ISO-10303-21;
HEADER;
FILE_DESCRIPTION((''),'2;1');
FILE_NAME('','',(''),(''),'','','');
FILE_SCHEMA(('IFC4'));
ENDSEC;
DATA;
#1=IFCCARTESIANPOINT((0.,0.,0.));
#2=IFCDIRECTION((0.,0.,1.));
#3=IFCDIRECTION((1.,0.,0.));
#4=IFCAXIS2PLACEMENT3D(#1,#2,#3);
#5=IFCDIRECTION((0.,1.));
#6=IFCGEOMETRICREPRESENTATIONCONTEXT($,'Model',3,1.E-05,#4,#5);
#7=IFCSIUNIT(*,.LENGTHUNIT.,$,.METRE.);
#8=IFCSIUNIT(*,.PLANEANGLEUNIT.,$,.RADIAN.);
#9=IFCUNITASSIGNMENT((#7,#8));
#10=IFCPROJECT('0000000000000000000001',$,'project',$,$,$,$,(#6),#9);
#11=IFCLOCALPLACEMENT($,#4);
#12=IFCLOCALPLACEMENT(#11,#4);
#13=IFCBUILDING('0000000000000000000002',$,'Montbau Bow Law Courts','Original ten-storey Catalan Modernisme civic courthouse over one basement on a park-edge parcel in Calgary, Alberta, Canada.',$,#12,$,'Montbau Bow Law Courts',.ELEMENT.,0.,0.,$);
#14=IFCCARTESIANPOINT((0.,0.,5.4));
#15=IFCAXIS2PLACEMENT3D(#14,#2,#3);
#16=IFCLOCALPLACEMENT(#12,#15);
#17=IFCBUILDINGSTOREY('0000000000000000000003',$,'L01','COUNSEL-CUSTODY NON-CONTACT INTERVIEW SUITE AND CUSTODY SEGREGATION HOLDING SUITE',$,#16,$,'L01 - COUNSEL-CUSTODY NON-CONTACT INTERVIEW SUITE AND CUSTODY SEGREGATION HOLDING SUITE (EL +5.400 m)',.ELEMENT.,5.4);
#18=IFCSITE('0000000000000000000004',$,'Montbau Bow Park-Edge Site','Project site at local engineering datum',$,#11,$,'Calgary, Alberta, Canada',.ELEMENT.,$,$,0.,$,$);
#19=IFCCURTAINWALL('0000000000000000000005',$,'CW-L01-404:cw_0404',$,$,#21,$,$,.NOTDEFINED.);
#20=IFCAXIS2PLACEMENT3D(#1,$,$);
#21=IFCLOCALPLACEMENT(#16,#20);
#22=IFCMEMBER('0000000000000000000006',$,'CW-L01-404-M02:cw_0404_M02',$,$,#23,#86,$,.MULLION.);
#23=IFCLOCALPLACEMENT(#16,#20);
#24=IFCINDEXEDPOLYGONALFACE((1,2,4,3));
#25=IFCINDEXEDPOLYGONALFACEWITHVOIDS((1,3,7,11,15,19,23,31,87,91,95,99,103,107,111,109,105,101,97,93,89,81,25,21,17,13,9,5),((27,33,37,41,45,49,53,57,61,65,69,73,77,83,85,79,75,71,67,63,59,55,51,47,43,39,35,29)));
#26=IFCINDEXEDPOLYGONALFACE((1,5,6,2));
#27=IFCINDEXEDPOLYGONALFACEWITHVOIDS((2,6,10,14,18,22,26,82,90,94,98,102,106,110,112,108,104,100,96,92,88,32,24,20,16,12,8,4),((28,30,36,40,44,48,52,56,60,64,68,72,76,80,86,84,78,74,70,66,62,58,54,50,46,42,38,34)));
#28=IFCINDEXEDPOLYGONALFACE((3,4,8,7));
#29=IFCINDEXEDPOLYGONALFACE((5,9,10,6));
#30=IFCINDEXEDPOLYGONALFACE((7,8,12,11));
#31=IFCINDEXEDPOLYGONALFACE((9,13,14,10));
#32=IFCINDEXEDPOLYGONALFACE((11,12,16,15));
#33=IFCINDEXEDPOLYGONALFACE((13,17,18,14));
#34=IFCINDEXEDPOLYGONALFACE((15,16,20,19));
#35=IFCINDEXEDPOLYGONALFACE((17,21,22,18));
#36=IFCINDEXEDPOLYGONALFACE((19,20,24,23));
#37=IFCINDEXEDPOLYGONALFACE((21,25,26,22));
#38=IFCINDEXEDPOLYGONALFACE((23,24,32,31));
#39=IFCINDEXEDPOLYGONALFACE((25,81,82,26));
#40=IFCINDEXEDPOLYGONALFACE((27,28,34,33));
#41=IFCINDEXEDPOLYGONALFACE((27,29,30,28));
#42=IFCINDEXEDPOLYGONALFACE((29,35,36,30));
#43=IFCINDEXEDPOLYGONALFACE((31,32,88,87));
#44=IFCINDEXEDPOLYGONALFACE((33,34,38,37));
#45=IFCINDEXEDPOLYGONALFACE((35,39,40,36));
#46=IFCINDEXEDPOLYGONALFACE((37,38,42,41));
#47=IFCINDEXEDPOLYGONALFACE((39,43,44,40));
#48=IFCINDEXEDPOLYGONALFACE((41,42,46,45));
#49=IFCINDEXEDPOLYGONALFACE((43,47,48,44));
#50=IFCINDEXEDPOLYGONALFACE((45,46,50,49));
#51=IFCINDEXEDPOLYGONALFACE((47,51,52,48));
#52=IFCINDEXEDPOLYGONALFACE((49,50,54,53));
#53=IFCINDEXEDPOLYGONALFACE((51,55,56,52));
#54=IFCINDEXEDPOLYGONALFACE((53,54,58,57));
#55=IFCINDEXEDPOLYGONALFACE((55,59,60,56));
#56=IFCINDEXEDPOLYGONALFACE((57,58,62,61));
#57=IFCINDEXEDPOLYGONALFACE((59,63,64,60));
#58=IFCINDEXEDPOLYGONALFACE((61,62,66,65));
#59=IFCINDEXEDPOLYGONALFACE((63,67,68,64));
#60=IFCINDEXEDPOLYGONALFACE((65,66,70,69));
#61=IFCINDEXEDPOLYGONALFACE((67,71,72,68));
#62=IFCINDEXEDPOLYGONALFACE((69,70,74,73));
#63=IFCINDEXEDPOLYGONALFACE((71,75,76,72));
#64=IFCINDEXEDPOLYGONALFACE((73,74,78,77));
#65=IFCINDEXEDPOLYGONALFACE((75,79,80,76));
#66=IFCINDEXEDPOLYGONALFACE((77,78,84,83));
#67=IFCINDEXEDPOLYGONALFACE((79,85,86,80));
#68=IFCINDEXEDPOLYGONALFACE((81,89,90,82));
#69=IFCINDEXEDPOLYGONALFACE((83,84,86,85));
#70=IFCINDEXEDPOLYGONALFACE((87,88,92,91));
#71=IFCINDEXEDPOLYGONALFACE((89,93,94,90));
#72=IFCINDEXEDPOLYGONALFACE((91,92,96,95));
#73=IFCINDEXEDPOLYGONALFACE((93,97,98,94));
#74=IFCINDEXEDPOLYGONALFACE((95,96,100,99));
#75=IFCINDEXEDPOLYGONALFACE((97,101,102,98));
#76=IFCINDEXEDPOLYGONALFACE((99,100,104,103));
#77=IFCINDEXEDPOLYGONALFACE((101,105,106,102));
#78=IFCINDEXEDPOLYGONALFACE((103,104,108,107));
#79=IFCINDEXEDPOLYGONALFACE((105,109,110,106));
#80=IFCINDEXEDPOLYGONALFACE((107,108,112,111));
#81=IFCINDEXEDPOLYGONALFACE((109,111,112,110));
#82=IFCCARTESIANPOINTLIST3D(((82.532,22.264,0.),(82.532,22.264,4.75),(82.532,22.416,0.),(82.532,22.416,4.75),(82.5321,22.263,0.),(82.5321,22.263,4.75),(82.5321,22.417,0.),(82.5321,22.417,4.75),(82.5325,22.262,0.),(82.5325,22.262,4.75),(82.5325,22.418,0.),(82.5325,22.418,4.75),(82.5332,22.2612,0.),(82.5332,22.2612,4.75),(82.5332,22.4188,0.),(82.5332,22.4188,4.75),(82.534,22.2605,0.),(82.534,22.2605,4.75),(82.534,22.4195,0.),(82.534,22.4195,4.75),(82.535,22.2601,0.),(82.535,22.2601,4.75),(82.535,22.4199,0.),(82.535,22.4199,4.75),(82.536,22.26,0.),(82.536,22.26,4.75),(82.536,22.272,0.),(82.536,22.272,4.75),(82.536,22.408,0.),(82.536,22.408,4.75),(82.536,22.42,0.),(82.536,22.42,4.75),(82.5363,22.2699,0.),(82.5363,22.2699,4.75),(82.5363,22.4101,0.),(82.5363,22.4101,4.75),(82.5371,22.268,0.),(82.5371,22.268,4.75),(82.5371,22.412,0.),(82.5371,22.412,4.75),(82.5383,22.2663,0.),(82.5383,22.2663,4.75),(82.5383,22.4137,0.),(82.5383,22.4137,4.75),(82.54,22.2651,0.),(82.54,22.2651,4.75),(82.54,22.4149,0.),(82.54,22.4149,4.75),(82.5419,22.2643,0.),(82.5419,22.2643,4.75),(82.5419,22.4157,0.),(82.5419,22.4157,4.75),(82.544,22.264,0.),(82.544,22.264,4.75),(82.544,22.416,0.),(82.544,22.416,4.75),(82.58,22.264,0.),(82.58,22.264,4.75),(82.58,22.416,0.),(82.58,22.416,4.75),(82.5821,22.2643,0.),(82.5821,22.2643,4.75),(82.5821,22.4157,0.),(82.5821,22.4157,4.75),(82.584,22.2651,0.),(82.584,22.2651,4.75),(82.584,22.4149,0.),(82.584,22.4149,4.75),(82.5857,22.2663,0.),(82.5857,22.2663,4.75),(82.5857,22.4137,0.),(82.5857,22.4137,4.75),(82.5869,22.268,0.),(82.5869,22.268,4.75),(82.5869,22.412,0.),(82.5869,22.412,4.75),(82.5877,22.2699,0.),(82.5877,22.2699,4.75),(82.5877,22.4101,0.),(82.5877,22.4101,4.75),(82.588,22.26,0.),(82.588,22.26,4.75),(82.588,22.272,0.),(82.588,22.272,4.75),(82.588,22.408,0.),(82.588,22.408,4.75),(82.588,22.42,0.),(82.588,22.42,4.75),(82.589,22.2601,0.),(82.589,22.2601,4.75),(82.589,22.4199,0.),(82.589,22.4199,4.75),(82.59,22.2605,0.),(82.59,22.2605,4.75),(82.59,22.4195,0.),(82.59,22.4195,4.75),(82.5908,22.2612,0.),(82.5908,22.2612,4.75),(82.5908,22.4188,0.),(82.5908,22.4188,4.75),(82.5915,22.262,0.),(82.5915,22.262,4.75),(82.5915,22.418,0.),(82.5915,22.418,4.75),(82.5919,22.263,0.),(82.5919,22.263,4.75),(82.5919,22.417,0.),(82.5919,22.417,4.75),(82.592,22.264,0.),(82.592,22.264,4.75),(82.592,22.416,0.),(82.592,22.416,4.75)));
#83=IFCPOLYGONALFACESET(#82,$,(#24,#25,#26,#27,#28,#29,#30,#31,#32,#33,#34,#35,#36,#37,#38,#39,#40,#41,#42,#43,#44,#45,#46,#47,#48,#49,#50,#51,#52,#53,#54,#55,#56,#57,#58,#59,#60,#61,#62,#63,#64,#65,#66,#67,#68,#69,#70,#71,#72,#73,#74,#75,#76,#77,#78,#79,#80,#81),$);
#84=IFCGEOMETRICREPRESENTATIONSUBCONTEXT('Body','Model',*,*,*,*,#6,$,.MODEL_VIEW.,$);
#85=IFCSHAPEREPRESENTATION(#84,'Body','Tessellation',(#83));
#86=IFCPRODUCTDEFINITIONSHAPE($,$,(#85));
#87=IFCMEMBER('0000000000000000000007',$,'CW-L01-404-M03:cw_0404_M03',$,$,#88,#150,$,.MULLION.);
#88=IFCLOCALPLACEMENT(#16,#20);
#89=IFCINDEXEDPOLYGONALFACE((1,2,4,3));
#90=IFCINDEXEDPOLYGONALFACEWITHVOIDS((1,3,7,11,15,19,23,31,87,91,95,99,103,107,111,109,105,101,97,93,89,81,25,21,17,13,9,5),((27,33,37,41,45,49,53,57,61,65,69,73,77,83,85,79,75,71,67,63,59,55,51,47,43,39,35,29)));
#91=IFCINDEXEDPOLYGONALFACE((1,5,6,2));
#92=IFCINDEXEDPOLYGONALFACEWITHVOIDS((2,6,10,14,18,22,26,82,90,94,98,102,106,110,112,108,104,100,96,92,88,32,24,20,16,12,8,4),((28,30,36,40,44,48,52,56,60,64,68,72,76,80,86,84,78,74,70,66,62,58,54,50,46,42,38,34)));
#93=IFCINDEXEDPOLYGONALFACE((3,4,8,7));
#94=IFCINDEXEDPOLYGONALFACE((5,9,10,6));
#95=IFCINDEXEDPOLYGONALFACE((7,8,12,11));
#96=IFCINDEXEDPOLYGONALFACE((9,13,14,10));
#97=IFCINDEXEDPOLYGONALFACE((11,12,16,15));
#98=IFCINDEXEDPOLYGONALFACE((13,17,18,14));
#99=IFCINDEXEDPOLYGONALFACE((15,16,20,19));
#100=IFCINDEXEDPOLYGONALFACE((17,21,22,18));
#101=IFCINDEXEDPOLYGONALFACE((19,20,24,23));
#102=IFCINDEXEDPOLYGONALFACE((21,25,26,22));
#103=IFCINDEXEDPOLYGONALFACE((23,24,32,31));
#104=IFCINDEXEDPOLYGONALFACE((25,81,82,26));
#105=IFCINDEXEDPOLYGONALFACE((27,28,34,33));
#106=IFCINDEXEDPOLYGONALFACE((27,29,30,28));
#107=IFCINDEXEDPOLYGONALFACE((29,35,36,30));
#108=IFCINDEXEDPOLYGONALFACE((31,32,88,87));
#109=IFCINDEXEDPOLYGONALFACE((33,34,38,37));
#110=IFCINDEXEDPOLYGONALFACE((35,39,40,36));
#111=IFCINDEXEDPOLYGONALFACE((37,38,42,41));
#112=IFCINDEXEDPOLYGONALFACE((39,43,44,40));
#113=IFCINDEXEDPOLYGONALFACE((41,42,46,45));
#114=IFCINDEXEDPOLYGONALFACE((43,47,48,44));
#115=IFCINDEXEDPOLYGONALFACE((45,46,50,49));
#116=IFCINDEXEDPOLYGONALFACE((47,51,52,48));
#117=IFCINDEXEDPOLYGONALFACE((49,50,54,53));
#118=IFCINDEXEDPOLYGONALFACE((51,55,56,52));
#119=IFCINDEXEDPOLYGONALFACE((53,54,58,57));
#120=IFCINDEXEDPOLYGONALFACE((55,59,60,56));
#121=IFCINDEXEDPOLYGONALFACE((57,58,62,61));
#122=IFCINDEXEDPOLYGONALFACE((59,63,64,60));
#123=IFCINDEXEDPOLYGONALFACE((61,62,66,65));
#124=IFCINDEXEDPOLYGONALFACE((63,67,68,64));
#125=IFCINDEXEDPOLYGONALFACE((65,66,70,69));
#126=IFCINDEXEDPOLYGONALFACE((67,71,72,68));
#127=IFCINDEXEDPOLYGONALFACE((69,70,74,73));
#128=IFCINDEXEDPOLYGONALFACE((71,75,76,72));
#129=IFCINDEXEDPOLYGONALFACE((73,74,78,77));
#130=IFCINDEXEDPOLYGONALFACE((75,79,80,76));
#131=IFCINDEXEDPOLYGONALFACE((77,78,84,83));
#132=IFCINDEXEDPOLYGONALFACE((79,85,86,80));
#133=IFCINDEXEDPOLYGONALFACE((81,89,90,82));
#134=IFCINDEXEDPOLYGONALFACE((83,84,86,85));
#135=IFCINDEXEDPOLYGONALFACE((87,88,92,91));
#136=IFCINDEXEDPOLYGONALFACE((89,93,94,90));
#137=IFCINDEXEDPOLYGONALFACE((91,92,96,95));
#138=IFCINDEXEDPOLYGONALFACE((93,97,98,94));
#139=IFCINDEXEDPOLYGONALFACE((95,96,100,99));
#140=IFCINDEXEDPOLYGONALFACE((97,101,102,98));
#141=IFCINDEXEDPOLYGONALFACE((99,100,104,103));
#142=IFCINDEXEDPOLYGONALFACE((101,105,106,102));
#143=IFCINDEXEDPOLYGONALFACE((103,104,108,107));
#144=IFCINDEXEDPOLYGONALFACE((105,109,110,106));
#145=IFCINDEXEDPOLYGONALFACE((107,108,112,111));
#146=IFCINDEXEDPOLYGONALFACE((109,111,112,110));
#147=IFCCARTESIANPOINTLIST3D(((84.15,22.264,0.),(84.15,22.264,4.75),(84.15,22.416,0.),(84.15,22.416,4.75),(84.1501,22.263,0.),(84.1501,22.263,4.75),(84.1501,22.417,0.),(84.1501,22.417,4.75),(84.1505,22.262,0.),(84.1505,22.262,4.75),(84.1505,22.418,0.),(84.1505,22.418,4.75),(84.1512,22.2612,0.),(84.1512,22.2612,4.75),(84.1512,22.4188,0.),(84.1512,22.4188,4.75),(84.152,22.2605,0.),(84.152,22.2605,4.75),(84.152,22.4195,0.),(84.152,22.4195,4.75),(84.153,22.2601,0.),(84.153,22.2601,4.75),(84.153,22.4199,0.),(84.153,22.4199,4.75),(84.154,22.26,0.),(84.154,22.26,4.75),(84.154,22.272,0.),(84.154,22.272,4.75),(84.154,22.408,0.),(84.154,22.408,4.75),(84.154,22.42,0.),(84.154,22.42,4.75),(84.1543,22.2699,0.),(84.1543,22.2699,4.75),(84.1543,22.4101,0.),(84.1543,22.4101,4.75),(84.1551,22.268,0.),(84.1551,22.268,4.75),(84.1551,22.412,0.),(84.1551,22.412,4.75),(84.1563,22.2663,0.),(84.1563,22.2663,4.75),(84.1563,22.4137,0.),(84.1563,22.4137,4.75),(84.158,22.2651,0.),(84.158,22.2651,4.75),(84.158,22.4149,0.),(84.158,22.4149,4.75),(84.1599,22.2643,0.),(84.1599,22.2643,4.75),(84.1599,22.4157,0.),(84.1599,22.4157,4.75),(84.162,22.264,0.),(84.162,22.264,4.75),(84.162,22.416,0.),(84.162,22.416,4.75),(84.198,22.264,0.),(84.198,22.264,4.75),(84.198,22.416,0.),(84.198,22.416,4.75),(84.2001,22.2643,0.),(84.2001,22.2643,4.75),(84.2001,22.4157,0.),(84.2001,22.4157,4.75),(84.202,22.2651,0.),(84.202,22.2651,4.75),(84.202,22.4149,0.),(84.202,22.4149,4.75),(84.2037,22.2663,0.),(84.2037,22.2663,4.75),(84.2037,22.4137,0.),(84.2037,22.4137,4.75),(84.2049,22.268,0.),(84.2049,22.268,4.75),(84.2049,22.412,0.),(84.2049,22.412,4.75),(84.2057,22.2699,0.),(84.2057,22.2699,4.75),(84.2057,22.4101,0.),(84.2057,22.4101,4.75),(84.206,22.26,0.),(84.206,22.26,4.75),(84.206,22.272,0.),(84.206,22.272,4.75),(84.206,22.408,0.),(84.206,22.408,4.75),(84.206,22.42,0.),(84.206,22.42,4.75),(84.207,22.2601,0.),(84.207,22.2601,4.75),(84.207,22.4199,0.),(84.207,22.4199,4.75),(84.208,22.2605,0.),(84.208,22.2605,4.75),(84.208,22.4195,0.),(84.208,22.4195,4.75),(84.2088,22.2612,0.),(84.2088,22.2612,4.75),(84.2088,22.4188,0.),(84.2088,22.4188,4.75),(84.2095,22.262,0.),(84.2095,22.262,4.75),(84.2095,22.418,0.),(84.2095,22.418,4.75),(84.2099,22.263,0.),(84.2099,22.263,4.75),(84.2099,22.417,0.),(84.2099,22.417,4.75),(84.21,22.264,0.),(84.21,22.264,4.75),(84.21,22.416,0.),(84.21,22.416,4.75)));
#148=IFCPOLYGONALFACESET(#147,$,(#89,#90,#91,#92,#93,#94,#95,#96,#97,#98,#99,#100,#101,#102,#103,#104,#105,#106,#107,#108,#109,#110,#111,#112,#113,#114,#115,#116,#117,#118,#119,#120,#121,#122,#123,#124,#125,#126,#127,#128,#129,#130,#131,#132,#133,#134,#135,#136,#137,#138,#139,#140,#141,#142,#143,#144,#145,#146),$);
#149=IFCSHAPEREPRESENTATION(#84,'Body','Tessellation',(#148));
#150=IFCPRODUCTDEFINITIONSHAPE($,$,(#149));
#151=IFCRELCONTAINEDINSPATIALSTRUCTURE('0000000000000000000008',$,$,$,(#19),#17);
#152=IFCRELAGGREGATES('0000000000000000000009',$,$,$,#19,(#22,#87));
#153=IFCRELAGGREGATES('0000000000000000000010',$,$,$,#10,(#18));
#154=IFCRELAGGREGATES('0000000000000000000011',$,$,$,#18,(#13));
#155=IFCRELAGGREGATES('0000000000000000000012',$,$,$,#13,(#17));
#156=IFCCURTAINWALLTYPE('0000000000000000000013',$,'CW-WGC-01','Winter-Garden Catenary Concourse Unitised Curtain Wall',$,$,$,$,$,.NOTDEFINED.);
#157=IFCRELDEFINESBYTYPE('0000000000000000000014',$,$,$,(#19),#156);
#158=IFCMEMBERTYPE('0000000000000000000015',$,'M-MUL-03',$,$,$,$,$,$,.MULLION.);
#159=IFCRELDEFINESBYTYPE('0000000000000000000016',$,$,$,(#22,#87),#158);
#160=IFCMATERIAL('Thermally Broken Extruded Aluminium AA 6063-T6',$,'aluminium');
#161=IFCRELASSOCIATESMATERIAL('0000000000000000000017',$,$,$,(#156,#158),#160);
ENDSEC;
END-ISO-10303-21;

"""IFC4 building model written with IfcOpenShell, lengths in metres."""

from ifc_helpers import new_model, si_unit, direction, frame, origin_with_axes, origin_2d_with_axis, place, context, subcontext, project, spatial, hollow_rectangle, extrude, material, material_profile, profile_set, type_object, element, aggregate, save


model = new_model("IFC4")

# Units and contexts
model_context = context("Model", 3, precision=1e-05, world=origin_with_axes(), true_north=direction((0.0, 1.0)))
body_context = subcontext(model_context, "Body", "Model", "MODEL_VIEW")
ifc_project = project(units=[si_unit("LENGTHUNIT", "METRE"), si_unit("PLANEANGLEUNIT", "RADIAN")], contexts=[model_context])

# Site, building, storey
site_placement = place(None, origin_with_axes())
site = spatial("IfcSite", under=ifc_project, at=site_placement, Name="Montbau Bow Park-Edge Site", Description="Project site at local engineering datum", LongName="Calgary, Alberta, Canada", CompositionType="ELEMENT", RefElevation=0.0)
building_placement = place(site_placement, origin_with_axes())
building = spatial("IfcBuilding", under=site, at=building_placement, Name="Montbau Bow Law Courts", Description="Original ten-storey Catalan Modernisme civic courthouse over one basement on a park-edge parcel in Calgary, Alberta, Canada.", LongName="Montbau Bow Law Courts", CompositionType="ELEMENT", ElevationOfRefHeight=0.0, ElevationOfTerrain=0.0)
storey_placement = place(building_placement, frame((0.0, 0.0, 5.4), z_axis=(0.0, 0.0, 1.0), x_axis=(1.0, 0.0, 0.0)))
storey = spatial("IfcBuildingStorey", under=building, at=storey_placement, Name="L01", Description="COUNSEL-CUSTODY NON-CONTACT INTERVIEW SUITE AND CUSTODY SEGREGATION HOLDING SUITE", LongName="L01 - COUNSEL-CUSTODY NON-CONTACT INTERVIEW SUITE AND CUSTODY SEGREGATION HOLDING SUITE (EL +5.400 m)", CompositionType="ELEMENT", Elevation=5.4)

# Shared definitions
ifc_material_1 = material(Name="Thermally Broken Extruded Aluminium AA 6063-T6", Category="aluminium")
curtain_wall_type = type_object("IfcCurtainWallType", Name="CW-WGC-01", Description="Winter-Garden Catenary Concourse Unitised Curtain Wall", PredefinedType="NOTDEFINED", material=ifc_material_1)

# Curtain wall, members
curtain_wall_1_placement = place(None, frame((80.915, 22.34, 5.4), z_axis=(0.0, 0.0, 1.0), x_axis=(1.0, 0.0, 0.0)))
curtain_wall_1 = element("IfcCurtainWall", 1, at=curtain_wall_1_placement, inside=storey, type_object=curtain_wall_type, Name="CW-L01-404:cw_0404", PredefinedType="NOTDEFINED")
ifc_material_profile_1 = material_profile(ifc_material_1, hollow_rectangle(XDim=0.06, YDim=0.16, WallThickness=0.004, InnerFilletRadius=0.008, OuterFilletRadius=0.004, at=origin_2d_with_axis()), Name="CWM-160X60", Category="Main", Priority=0)
ifc_profile_set_1 = profile_set([ifc_material_profile_1], Name="Thermally Broken Extruded Aluminium AA 6063-T6")
member_type_1 = type_object("IfcMemberType", Name="M-MUL-03", PredefinedType="MULLION", material=ifc_profile_set_1)
member_1_placement = place(None, frame((82.562, 22.34, 5.4), z_axis=(0.0, 0.0, 1.0), x_axis=(1.0, 0.0, 0.0)))
member_1 = element("IfcMember", 2, at=member_1_placement, type_object=member_type_1, Name="CW-L01-404-M02:cw_0404_M02", PredefinedType="MULLION", context=body_context, shape_type="SweptSolid", body=[
    extrude(hollow_rectangle(XDim=0.06, YDim=0.16, WallThickness=0.004, InnerFilletRadius=0.008, OuterFilletRadius=0.004, at=origin_2d_with_axis()), origin_with_axes(), (0.0, 0.0, 1.0), 4.75),
])
member_2_placement = place(None, frame((84.18, 22.34, 5.4), z_axis=(0.0, 0.0, 1.0), x_axis=(1.0, 0.0, 0.0)))
member_2 = element("IfcMember", 3, at=member_2_placement, type_object=member_type_1, Name="CW-L01-404-M03:cw_0404_M03", PredefinedType="MULLION", context=body_context, shape_type="SweptSolid", body=[
    extrude(hollow_rectangle(XDim=0.06, YDim=0.16, WallThickness=0.004, InnerFilletRadius=0.008, OuterFilletRadius=0.004, at=origin_2d_with_axis()), origin_with_axes(), (0.0, 0.0, 1.0), 4.75),
])

aggregate(curtain_wall_1, [member_1, member_2])

save(model, "model.ifc")
